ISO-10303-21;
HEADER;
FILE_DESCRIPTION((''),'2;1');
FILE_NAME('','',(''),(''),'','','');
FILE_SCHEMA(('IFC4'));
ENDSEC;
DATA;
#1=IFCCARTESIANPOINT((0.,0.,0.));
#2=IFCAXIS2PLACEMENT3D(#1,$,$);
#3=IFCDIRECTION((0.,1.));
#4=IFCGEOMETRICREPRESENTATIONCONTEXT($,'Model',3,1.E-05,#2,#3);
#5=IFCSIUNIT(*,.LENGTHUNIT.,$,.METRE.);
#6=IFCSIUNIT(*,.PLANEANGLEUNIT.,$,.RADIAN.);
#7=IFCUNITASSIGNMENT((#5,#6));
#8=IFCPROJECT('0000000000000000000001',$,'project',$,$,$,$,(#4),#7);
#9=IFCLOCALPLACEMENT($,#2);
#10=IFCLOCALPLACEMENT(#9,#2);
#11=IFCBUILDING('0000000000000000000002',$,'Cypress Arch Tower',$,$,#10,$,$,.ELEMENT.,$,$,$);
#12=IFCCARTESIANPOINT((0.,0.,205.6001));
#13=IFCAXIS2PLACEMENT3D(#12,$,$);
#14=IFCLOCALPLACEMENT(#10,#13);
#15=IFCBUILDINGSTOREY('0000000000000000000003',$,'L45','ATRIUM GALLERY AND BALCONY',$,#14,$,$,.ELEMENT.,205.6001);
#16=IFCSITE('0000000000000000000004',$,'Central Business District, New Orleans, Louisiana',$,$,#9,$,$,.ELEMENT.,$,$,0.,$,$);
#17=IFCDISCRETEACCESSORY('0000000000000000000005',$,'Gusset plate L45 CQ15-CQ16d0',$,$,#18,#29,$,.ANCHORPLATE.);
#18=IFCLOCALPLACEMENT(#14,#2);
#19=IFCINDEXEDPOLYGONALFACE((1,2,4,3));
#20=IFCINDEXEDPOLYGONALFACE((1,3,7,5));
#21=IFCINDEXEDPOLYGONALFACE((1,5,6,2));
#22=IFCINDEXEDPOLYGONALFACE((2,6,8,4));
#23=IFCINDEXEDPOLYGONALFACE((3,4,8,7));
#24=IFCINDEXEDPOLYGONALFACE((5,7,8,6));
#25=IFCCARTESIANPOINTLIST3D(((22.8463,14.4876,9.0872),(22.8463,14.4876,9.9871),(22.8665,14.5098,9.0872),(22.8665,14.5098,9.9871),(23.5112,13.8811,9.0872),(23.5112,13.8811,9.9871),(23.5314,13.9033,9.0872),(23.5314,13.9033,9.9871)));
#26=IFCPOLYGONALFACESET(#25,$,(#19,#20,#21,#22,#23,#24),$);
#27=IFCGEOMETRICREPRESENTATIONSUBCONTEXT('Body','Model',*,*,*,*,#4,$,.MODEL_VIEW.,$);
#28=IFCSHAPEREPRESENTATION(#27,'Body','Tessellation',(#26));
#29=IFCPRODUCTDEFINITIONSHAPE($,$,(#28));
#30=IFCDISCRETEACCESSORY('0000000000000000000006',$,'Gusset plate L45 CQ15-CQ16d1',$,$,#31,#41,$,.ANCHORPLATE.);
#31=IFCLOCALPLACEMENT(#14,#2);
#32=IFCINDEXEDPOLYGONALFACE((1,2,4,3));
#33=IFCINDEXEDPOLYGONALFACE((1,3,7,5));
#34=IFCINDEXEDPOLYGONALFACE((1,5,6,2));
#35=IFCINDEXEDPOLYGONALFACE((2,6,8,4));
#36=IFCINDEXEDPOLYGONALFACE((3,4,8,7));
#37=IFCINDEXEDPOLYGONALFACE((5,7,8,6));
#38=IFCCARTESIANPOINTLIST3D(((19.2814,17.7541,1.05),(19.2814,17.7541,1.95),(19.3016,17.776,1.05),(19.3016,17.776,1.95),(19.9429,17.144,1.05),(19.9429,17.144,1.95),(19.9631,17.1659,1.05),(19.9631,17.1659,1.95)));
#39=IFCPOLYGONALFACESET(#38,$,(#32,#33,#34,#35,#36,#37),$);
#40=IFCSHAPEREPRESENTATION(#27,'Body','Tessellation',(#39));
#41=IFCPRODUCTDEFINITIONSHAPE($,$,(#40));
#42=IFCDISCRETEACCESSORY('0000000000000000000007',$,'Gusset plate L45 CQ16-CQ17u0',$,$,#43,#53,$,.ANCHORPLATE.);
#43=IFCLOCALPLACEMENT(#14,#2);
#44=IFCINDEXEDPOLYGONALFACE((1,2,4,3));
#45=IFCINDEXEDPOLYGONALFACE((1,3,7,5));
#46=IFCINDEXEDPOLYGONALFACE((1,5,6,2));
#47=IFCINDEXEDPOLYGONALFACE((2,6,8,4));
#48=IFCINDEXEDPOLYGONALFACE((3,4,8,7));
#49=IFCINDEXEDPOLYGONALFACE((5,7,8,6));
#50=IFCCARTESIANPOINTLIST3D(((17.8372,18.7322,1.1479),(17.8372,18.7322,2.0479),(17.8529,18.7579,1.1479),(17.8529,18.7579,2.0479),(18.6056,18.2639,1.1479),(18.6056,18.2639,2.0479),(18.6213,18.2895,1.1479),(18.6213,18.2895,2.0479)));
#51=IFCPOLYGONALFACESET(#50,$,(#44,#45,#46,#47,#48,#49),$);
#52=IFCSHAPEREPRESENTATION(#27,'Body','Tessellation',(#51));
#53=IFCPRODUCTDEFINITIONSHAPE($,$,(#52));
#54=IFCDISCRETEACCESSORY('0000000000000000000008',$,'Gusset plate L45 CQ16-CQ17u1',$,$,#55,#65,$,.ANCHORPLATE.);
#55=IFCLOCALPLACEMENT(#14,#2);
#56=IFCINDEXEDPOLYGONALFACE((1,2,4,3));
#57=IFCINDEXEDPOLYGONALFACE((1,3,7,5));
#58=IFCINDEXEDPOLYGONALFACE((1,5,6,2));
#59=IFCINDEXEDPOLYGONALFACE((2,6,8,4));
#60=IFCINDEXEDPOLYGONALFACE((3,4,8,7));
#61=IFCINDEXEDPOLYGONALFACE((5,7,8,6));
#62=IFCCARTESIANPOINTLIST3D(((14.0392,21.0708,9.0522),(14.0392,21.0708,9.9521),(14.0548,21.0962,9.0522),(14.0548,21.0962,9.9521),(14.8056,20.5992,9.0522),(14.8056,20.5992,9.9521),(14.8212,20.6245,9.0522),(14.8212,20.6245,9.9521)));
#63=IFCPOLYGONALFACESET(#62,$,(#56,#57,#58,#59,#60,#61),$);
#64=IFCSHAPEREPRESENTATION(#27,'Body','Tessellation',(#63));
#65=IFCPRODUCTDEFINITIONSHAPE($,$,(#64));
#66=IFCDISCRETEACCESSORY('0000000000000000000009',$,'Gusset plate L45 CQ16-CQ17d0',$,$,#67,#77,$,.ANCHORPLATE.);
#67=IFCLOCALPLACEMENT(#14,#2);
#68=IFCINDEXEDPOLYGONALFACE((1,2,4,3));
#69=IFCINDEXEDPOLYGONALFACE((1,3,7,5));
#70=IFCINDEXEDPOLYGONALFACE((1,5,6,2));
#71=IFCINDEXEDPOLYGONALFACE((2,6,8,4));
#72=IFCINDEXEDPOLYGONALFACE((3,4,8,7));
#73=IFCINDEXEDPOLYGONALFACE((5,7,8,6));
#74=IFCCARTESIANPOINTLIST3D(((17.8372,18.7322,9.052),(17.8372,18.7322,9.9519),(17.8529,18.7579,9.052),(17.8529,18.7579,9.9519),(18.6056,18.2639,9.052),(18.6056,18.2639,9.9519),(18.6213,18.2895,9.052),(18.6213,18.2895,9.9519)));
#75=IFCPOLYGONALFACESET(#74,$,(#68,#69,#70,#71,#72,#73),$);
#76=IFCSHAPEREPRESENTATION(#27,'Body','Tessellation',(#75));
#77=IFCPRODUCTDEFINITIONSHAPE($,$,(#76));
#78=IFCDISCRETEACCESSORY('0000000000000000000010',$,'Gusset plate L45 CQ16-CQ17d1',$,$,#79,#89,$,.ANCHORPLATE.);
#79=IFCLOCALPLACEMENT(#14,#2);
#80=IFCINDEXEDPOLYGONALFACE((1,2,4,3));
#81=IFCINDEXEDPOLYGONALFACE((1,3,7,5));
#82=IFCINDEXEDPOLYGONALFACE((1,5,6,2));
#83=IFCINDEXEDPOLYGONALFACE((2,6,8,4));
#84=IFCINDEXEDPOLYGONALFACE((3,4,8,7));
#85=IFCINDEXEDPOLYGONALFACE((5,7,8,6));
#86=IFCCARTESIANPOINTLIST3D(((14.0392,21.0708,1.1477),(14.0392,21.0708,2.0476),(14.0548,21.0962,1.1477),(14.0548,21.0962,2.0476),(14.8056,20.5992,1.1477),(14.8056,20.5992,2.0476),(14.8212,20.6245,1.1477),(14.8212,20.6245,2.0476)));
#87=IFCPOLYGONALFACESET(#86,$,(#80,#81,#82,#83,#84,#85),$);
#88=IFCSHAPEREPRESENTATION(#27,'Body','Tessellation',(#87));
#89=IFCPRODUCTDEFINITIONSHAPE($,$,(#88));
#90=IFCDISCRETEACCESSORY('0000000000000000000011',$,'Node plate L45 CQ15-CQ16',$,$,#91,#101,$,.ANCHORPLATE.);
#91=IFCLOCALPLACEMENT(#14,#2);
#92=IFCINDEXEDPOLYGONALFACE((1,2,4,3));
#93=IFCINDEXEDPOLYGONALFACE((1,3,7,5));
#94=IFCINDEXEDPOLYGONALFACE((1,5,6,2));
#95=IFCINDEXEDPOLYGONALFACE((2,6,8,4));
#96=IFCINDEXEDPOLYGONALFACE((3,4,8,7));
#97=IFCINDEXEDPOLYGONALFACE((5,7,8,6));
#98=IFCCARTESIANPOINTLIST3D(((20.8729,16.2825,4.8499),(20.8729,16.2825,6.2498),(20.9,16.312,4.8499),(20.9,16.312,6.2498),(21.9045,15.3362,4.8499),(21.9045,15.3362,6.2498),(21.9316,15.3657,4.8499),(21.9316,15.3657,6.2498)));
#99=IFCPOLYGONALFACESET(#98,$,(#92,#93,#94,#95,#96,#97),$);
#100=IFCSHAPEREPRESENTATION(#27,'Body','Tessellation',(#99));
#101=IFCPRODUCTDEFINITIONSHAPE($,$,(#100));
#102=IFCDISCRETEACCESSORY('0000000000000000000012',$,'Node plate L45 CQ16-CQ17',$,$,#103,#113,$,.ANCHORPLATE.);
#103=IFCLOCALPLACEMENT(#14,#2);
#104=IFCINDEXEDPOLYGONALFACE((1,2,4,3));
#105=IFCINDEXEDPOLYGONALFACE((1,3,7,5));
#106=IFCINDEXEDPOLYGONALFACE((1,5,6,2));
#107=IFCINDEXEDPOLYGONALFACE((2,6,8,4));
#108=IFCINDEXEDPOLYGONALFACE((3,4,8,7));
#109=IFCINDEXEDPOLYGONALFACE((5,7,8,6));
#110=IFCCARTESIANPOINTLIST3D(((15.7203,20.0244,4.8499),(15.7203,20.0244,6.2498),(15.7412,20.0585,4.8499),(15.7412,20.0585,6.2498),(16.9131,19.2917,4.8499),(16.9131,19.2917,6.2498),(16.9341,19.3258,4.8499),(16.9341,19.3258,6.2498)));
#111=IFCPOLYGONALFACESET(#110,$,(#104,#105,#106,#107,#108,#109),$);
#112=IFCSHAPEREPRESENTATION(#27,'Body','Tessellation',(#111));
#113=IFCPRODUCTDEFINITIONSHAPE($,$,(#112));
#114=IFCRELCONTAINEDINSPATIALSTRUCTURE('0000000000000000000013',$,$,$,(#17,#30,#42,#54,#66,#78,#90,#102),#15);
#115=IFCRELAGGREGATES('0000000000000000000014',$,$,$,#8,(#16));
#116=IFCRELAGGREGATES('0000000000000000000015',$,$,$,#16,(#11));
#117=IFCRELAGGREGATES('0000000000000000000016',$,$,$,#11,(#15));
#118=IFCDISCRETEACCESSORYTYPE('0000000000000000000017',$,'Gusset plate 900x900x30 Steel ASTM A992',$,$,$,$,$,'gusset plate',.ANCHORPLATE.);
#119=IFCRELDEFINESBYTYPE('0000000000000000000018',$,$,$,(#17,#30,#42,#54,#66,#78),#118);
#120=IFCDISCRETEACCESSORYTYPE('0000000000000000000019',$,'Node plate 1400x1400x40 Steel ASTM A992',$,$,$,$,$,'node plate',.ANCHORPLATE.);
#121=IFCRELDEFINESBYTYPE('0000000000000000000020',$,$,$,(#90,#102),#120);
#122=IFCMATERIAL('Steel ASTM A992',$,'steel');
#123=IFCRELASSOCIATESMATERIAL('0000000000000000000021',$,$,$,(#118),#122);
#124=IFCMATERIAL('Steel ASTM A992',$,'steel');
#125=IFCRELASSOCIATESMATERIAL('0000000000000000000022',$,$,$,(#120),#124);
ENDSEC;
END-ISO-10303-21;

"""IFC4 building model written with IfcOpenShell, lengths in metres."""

from ifc_helpers import new_model, si_unit, direction, frame, origin, origin_2d, place, context, subcontext, project, spatial, rectangle, extrude, material, material_profile, profile_set, type_object, element, save


model = new_model("IFC4")

# Units and contexts
model_context = context("Model", 3, precision=1e-05, world=origin(), true_north=direction((0.0, 1.0)))
body_context = subcontext(model_context, "Body", "Model", "MODEL_VIEW")
ifc_project = project(units=[si_unit("LENGTHUNIT", "METRE"), si_unit("PLANEANGLEUNIT", "RADIAN")], contexts=[model_context])

# Site, building, storey
site_placement = place(None, origin())
site = spatial("IfcSite", under=ifc_project, at=site_placement, Name="Central Business District, New Orleans, Louisiana", CompositionType="ELEMENT", RefElevation=0.0)
building_placement = place(site_placement, origin())
building = spatial("IfcBuilding", under=site, at=building_placement, Name="Cypress Arch Tower", CompositionType="ELEMENT")
storey_placement = place(building_placement, frame((0.0, 0.0, 205.6001)))
storey = spatial("IfcBuildingStorey", under=building, at=storey_placement, Name="L45", Description="ATRIUM GALLERY AND BALCONY", CompositionType="ELEMENT", Elevation=205.6001)

# Discrete accessories
ifc_material_1 = material(Name="Steel ASTM A992", Category="steel")
ifc_material_profile_1 = material_profile(ifc_material_1, rectangle(XDim=0.8999, YDim=0.8999, at=origin_2d()), Name="PL 30 900x900")
ifc_profile_set_1 = profile_set([ifc_material_profile_1], Name="Steel ASTM A992")
discrete_accessory_type_1 = type_object("IfcDiscreteAccessoryType", Name="Gusset plate 900x900x30 Steel ASTM A992", ElementType="gusset plate", PredefinedType="ANCHORPLATE", material=ifc_profile_set_1)
discrete_accessory_1_placement = place(storey_placement, frame((23.199, 14.2065, 9.5371), z_axis=(-0.673884, -0.738837, 0.0), x_axis=(0.738837, -0.673884, 0.0)))
element("IfcDiscreteAccessory", 1, at=discrete_accessory_1_placement, inside=storey, type_object=discrete_accessory_type_1, Name="Gusset plate L45 CQ15-CQ16d0", PredefinedType="ANCHORPLATE", context=body_context, shape_type="SweptSolid", body=[
    extrude(rectangle(XDim=0.8999, YDim=0.8999, at=origin_2d()), origin(), (0.0, 0.0, 1.0), 0.03),
])
discrete_accessory_2_placement = place(storey_placement, frame((19.6323, 17.4709, 1.5), z_axis=(-0.677941, -0.735117, 0.0), x_axis=(0.735117, -0.677941, 0.0)))
element("IfcDiscreteAccessory", 2, at=discrete_accessory_2_placement, inside=storey, type_object=discrete_accessory_type_1, Name="Gusset plate L45 CQ15-CQ16d1", PredefinedType="ANCHORPLATE", context=body_context, shape_type="SweptSolid", body=[
    extrude(rectangle(XDim=0.8999, YDim=0.8999, at=origin_2d()), origin(), (0.0, 0.0, 1.0), 0.0298),
])
discrete_accessory_3_placement = place(storey_placement, frame((18.2371, 18.5237, 1.5979), z_axis=(-0.520463, -0.853884, 0.0), x_axis=(0.853884, -0.520463, 0.0)))
element("IfcDiscreteAccessory", 3, at=discrete_accessory_3_placement, inside=storey, type_object=discrete_accessory_type_1, Name="Gusset plate L45 CQ16-CQ17u0", PredefinedType="ANCHORPLATE", context=body_context, shape_type="SweptSolid", body=[
    extrude(rectangle(XDim=0.8999, YDim=0.8999, at=origin_2d()), origin(), (0.0, 0.0, 1.0), 0.03),
])
discrete_accessory_4_placement = place(storey_placement, frame((14.438, 20.8604, 9.5022), z_axis=(-0.524097, -0.851658, 0.0), x_axis=(0.851658, -0.524097, 0.0)))
element("IfcDiscreteAccessory", 4, at=discrete_accessory_4_placement, inside=storey, type_object=discrete_accessory_type_1, Name="Gusset plate L45 CQ16-CQ17u1", PredefinedType="ANCHORPLATE", context=body_context, shape_type="SweptSolid", body=[
    extrude(rectangle(XDim=0.8999, YDim=0.8999, at=origin_2d()), origin(), (0.0, 0.0, 1.0), 0.0298),
])
discrete_accessory_5_placement = place(storey_placement, frame((18.2371, 18.5237, 9.502), z_axis=(-0.520463, -0.853884, 0.0), x_axis=(0.853884, -0.520463, 0.0)))
element("IfcDiscreteAccessory", 5, at=discrete_accessory_5_placement, inside=storey, type_object=discrete_accessory_type_1, Name="Gusset plate L45 CQ16-CQ17d0", PredefinedType="ANCHORPLATE", context=body_context, shape_type="SweptSolid", body=[
    extrude(rectangle(XDim=0.8999, YDim=0.8999, at=origin_2d()), origin(), (0.0, 0.0, 1.0), 0.03),
])
discrete_accessory_6_placement = place(storey_placement, frame((14.438, 20.8604, 1.5977), z_axis=(-0.524097, -0.851658, 0.0), x_axis=(0.851658, -0.524097, 0.0)))
element("IfcDiscreteAccessory", 6, at=discrete_accessory_6_placement, inside=storey, type_object=discrete_accessory_type_1, Name="Gusset plate L45 CQ16-CQ17d1", PredefinedType="ANCHORPLATE", context=body_context, shape_type="SweptSolid", body=[
    extrude(rectangle(XDim=0.8999, YDim=0.8999, at=origin_2d()), origin(), (0.0, 0.0, 1.0), 0.0298),
])
ifc_material_2 = material(Name="Steel ASTM A992", Category="steel")
ifc_material_profile_2 = material_profile(ifc_material_2, rectangle(XDim=1.3999, YDim=1.3999, at=origin_2d()), Name="PL 40 1400x1400")
ifc_profile_set_2 = profile_set([ifc_material_profile_2], Name="Steel ASTM A992")
discrete_accessory_type_2 = type_object("IfcDiscreteAccessoryType", Name="Node plate 1400x1400x40 Steel ASTM A992", ElementType="node plate", PredefinedType="ANCHORPLATE", material=ifc_profile_set_2)
for number, where, z_axis, x_axis, name in (
    (7, (21.4158, 15.8389, 5.5498), (-0.676, -0.736901, 0.0), (0.736901, -0.676, 0.0), "Node plate L45 CQ15-CQ16"),
    (8, (16.3376, 19.6921, 5.5498), (-0.523418, -0.852076, 0.0), (0.852076, -0.523418, 0.0), "Node plate L45 CQ16-CQ17"),
):
    element("IfcDiscreteAccessory", number, at=place(storey_placement, frame(where, z_axis=z_axis, x_axis=x_axis)), inside=storey, type_object=discrete_accessory_type_2, Name=name, PredefinedType="ANCHORPLATE", context=body_context, shape_type="SweptSolid", body=[
        extrude(rectangle(XDim=1.3999, YDim=1.3999, at=origin_2d()), origin(), (0.0, 0.0, 1.0), 0.04),
    ])

save(model, "model.ifc")
